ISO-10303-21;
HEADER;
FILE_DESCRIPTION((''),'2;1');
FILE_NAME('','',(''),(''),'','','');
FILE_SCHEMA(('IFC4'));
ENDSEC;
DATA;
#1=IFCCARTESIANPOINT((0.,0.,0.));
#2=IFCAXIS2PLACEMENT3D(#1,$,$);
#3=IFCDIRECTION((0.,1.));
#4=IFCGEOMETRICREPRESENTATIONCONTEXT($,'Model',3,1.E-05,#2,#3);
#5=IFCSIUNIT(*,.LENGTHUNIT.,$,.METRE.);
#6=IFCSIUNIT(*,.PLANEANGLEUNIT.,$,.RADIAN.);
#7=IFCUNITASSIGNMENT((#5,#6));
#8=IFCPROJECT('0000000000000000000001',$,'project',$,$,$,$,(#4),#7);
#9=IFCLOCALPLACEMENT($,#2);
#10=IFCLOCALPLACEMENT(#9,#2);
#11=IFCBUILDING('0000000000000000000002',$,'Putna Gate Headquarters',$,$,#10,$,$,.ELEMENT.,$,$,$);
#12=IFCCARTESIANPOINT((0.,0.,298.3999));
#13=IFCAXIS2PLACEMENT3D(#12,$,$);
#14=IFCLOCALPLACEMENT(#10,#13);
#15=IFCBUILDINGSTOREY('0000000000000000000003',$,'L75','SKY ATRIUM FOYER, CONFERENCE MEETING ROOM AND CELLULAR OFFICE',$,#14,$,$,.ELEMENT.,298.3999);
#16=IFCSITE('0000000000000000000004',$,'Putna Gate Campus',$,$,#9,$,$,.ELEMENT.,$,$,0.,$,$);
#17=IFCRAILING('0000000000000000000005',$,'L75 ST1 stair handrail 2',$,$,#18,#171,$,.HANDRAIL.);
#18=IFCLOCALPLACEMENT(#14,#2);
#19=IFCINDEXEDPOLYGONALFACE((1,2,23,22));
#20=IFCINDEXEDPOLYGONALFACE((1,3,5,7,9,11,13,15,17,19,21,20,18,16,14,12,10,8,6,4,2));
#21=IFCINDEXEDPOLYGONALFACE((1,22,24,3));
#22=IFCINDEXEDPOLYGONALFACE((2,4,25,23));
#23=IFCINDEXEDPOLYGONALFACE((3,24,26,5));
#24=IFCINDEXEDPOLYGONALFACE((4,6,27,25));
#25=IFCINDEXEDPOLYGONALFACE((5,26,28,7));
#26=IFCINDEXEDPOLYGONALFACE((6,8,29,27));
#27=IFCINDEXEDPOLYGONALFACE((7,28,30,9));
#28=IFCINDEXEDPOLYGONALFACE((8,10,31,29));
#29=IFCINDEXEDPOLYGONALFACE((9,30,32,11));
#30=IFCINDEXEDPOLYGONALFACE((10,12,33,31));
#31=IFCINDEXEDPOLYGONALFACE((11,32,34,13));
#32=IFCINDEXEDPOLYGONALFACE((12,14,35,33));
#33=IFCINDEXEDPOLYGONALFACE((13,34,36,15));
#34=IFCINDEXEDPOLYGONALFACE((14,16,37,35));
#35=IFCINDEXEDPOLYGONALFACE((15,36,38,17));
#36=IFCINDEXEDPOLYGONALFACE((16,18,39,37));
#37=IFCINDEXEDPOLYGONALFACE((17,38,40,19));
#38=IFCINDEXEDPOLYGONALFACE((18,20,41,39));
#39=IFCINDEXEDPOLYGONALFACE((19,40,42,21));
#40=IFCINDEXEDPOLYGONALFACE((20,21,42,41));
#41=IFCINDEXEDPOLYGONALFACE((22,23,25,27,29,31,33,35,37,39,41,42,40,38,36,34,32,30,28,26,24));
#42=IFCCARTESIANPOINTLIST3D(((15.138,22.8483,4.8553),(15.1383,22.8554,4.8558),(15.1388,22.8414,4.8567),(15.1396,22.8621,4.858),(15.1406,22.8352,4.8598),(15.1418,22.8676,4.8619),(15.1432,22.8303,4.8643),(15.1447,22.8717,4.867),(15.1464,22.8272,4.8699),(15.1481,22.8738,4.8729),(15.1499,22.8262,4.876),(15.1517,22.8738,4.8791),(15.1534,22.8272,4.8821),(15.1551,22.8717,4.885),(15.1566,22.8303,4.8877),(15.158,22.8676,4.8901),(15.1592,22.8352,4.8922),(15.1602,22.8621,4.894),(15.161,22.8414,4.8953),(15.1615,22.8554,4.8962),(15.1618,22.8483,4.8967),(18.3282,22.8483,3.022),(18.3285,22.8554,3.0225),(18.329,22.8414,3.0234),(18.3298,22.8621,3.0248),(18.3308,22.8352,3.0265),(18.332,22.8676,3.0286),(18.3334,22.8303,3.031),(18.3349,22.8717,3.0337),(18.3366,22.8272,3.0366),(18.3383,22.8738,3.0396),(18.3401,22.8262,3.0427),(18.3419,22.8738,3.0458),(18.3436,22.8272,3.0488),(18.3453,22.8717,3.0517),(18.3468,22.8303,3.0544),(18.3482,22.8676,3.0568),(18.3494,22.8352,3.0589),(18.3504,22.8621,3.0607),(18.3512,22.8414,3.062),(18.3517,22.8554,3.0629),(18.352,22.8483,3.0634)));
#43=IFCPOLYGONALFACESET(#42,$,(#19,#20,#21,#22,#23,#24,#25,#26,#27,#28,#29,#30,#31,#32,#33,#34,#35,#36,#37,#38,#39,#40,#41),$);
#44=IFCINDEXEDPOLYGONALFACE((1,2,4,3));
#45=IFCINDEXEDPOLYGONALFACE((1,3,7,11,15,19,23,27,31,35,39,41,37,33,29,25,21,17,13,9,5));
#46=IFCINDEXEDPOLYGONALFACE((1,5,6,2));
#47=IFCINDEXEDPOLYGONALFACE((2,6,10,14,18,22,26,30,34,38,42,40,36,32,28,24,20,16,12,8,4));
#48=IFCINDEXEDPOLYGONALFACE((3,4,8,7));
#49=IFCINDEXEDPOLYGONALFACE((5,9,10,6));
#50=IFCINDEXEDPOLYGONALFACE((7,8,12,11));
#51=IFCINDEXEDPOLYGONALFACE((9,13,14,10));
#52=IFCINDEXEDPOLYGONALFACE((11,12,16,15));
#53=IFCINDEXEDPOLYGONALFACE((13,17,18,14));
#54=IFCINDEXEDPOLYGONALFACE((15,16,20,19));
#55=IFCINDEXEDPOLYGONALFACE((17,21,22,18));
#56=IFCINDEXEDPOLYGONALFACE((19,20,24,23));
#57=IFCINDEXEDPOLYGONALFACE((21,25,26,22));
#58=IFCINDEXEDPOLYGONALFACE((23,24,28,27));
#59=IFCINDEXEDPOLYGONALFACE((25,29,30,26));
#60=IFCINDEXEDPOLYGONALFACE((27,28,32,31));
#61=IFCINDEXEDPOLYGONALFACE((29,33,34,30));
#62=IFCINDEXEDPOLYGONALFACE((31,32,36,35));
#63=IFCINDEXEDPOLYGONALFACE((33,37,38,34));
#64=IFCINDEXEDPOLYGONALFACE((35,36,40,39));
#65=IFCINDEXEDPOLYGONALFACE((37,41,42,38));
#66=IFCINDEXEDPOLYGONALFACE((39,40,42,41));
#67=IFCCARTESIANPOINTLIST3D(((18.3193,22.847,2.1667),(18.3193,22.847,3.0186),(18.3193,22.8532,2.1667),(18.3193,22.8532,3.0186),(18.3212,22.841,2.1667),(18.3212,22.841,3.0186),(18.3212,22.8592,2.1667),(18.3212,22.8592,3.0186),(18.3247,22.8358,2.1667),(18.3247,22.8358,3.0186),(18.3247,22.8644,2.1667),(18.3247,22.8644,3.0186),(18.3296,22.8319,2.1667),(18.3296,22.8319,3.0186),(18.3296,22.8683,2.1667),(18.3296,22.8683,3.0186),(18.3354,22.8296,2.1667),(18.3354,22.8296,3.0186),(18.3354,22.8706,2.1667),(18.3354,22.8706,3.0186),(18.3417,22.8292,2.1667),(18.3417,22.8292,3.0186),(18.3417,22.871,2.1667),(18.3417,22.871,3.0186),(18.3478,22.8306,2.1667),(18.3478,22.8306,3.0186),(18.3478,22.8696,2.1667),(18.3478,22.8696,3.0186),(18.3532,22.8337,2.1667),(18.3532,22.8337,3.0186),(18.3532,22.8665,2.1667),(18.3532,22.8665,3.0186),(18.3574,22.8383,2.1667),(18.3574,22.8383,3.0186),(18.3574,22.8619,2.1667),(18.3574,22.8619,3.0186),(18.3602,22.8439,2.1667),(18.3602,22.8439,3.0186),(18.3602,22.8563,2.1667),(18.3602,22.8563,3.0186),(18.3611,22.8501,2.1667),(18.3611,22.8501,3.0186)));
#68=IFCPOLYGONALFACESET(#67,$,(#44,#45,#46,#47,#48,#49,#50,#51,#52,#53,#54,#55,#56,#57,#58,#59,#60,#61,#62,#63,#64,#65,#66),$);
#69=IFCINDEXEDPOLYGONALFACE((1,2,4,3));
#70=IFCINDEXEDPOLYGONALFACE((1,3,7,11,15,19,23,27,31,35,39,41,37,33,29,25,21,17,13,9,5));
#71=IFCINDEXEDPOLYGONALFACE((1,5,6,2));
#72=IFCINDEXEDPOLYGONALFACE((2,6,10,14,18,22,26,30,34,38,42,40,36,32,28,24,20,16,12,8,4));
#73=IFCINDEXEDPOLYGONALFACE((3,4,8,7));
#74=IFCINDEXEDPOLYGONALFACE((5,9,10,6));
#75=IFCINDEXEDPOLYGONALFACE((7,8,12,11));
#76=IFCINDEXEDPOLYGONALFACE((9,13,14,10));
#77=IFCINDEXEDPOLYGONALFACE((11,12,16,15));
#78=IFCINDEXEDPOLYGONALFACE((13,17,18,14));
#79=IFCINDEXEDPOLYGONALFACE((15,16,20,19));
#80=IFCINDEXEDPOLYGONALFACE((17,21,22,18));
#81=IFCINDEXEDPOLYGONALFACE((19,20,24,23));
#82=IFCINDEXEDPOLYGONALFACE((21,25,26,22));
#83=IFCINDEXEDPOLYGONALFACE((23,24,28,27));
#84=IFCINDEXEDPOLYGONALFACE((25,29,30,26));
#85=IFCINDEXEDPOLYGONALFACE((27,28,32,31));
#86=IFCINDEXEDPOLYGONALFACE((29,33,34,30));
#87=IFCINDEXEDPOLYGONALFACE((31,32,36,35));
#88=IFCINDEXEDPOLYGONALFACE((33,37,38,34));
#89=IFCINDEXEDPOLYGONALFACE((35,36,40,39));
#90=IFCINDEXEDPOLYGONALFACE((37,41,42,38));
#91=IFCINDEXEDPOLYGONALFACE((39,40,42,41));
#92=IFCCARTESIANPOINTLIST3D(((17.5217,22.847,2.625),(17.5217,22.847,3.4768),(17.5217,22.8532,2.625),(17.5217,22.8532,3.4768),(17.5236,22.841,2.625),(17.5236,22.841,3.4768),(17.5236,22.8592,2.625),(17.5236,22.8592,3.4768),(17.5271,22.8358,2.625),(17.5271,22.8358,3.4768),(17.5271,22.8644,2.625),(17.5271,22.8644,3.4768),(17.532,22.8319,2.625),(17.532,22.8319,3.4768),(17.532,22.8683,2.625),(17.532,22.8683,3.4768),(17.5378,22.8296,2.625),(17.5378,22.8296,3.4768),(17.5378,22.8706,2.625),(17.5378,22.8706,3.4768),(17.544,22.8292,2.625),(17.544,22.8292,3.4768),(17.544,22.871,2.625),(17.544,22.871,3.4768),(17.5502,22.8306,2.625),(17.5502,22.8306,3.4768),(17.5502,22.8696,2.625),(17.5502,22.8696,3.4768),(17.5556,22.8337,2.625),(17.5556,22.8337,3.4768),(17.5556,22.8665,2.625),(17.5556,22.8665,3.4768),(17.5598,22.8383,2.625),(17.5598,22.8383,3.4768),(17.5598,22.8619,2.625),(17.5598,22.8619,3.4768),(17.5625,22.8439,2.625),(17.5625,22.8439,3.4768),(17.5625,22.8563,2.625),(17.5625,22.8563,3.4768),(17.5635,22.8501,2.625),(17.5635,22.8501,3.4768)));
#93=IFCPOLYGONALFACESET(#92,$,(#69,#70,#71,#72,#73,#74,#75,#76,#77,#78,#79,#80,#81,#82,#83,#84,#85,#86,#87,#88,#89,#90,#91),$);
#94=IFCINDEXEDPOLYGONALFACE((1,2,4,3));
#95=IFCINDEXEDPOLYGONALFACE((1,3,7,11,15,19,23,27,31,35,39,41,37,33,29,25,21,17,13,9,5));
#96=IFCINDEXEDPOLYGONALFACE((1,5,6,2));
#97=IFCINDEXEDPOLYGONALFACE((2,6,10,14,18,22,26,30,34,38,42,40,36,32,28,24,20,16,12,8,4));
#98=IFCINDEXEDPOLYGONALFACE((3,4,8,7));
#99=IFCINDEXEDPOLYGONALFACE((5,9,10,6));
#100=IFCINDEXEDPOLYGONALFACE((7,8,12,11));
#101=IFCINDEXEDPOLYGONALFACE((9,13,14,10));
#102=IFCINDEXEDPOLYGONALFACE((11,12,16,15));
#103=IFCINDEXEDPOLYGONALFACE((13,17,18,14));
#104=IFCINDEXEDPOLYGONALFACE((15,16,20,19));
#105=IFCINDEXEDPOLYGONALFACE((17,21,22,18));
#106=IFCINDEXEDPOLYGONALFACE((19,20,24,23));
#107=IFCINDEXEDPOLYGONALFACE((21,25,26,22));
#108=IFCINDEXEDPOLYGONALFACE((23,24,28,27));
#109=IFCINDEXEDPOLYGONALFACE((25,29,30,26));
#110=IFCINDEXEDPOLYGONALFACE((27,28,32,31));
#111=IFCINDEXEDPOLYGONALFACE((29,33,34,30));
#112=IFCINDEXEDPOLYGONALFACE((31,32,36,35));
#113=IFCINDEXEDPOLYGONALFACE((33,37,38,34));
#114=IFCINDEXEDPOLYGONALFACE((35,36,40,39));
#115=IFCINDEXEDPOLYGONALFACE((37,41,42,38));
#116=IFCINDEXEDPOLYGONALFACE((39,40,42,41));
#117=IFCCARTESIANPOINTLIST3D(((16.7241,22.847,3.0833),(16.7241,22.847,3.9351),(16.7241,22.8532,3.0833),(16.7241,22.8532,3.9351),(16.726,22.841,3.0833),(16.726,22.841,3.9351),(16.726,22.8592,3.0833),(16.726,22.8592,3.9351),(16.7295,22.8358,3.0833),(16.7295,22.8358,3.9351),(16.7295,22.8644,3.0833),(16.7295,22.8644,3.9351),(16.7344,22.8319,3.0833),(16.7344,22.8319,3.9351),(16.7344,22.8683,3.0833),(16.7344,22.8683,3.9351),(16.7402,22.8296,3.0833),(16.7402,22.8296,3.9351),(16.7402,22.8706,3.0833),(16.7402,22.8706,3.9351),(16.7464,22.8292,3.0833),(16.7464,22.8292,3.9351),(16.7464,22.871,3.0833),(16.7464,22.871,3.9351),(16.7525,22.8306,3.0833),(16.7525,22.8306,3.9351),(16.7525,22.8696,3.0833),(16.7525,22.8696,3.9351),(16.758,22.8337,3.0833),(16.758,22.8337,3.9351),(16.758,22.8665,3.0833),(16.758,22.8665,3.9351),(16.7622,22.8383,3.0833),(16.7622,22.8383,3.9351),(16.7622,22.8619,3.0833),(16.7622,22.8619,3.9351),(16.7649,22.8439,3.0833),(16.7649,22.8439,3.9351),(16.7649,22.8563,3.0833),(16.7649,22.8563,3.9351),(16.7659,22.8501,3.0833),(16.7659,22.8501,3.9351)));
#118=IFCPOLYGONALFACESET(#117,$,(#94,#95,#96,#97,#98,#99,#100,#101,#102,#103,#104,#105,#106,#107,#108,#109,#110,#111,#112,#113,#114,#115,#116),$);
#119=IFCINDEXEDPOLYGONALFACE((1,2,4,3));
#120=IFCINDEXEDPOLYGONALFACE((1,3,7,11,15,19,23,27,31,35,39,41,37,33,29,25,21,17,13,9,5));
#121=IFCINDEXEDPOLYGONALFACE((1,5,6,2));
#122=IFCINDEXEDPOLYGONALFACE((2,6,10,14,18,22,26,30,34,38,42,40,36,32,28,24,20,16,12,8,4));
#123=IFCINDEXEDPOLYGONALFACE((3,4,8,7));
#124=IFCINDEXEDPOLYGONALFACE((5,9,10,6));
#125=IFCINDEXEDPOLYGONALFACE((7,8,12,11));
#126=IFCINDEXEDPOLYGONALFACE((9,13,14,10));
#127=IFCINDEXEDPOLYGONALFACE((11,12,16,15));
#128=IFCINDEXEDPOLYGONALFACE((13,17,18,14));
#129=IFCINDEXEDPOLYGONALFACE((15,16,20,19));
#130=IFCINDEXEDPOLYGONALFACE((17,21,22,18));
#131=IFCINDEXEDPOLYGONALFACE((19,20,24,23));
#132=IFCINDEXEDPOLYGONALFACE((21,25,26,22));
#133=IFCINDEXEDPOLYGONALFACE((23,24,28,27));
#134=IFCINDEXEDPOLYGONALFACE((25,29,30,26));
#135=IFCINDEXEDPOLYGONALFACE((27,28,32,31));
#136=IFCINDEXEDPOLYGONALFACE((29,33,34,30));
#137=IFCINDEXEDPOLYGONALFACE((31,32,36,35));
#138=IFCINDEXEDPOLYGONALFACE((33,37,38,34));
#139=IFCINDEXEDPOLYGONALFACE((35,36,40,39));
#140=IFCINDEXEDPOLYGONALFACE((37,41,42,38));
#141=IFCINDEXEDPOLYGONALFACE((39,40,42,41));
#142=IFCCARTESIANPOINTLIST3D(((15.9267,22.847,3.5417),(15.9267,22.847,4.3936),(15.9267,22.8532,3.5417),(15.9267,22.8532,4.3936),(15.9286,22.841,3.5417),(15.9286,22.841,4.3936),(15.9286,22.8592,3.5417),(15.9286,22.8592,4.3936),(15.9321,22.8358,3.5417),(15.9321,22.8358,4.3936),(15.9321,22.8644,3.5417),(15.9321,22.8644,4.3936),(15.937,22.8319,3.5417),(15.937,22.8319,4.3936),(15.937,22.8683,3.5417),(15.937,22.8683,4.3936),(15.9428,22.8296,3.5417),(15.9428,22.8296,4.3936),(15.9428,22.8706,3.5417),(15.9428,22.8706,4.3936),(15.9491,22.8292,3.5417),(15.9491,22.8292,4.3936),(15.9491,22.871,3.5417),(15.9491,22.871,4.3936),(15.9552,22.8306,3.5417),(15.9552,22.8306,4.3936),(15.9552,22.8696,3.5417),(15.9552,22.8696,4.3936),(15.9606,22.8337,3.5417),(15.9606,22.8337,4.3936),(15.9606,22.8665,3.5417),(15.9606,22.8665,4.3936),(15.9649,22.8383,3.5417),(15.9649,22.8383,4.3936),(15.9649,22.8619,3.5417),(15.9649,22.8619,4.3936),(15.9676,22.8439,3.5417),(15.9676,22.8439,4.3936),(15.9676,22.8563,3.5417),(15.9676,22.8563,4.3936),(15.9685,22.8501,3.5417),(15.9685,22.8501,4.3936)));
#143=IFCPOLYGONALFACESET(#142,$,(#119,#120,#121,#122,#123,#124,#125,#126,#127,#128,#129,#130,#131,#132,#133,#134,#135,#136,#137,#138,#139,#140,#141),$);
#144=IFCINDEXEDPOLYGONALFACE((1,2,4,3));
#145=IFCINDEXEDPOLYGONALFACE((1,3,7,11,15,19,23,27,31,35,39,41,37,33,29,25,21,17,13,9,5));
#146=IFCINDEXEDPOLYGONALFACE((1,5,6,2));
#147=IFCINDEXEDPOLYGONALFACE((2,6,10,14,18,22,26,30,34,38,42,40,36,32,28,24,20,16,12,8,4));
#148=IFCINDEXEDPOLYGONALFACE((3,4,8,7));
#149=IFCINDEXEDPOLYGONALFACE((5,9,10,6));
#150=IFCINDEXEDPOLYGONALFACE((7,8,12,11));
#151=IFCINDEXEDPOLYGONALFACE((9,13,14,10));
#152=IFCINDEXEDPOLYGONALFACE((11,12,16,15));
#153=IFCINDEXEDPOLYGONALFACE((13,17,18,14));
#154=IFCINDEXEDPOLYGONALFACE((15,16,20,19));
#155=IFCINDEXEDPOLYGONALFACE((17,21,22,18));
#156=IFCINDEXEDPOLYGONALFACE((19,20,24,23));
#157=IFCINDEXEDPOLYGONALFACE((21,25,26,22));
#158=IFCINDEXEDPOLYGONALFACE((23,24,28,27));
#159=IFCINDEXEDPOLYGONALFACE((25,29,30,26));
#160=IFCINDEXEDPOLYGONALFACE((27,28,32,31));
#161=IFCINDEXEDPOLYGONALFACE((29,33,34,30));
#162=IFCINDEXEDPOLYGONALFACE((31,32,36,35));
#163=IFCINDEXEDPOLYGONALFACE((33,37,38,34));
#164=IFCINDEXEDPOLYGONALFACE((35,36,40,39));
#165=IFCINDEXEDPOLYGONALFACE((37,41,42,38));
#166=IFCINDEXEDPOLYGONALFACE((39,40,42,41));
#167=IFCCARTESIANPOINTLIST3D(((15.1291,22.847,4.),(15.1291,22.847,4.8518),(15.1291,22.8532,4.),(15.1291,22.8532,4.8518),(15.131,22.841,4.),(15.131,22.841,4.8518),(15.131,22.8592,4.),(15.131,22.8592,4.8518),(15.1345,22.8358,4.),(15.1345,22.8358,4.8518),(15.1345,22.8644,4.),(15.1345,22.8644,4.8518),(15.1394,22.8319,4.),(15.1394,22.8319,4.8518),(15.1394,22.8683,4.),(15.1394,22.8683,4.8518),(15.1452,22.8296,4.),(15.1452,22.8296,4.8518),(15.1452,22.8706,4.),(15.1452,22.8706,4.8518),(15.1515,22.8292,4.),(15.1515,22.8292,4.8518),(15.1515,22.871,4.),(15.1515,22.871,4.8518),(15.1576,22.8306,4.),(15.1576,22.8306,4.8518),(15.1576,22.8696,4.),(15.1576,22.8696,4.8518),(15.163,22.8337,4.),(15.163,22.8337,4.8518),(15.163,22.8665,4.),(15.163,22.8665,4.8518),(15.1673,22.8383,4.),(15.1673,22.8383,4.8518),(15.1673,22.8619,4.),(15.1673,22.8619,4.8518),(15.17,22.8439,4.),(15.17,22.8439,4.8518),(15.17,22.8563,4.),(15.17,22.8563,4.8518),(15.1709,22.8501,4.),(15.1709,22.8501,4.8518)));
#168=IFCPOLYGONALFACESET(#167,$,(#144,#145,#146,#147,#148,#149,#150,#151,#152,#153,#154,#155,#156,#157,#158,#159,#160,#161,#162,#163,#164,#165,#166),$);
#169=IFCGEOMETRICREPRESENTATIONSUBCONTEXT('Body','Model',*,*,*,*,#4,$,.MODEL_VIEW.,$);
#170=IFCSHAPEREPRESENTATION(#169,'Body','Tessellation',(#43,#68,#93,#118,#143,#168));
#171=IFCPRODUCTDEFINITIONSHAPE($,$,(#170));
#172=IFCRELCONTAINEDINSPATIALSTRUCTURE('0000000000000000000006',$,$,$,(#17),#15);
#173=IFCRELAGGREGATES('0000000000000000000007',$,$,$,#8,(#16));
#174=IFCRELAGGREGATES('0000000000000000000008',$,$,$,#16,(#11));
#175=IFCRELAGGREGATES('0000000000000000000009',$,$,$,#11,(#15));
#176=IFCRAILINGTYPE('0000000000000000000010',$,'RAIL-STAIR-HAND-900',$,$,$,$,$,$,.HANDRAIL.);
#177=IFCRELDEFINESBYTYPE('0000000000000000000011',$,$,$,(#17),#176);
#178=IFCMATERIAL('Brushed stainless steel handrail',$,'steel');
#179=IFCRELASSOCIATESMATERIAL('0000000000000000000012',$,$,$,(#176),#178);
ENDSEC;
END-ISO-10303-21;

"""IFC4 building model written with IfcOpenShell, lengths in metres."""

from ifc_helpers import new_model, si_unit, direction, frame, origin, origin_2d, place, context, subcontext, project, spatial, circle, extrude, material, type_object, element, save


model = new_model("IFC4")

# Units and contexts
model_context = context("Model", 3, precision=1e-05, world=origin(), true_north=direction((0.0, 1.0)))
body_context = subcontext(model_context, "Body", "Model", "MODEL_VIEW")
ifc_project = project(units=[si_unit("LENGTHUNIT", "METRE"), si_unit("PLANEANGLEUNIT", "RADIAN")], contexts=[model_context])

# Site, building, storey
site_placement = place(None, origin())
site = spatial("IfcSite", under=ifc_project, at=site_placement, Name="Putna Gate Campus", CompositionType="ELEMENT", RefElevation=0.0)
building_placement = place(site_placement, origin())
building = spatial("IfcBuilding", under=site, at=building_placement, Name="Putna Gate Headquarters", CompositionType="ELEMENT")
storey_placement = place(building_placement, frame((0.0, 0.0, 298.3999)))
storey = spatial("IfcBuildingStorey", under=building, at=storey_placement, Name="L75", Description="SKY ATRIUM FOYER, CONFERENCE MEETING ROOM AND CELLULAR OFFICE", CompositionType="ELEMENT", Elevation=298.3999)

# Railing
ifc_material_1 = material(Name="Brushed stainless steel handrail", Category="steel")
railing_type = type_object("IfcRailingType", Name="RAIL-STAIR-HAND-900", PredefinedType="HANDRAIL", material=ifc_material_1)
railing_placement = place(storey_placement, frame((18.3401, 22.8501, 2.1667)))
element("IfcRailing", 1, at=railing_placement, inside=storey, type_object=railing_type, Name="L75 ST1 stair handrail 2", PredefinedType="HANDRAIL", context=body_context, shape_type="SweptSolid", body=[
    extrude(circle(Radius=0.0239, at=origin_2d()), frame((0.0, 0.0, 0.876), z_axis=(-0.867036, 0.0, 0.498245), x_axis=(0.0, -1.0, 0.0)), (0.0, 0.0, 1.0), 3.6794),
    extrude(circle(Radius=0.021, at=origin_2d()), origin(), (0.0, 0.0, 1.0), 0.8518),
    extrude(circle(Radius=0.021, at=origin_2d()), frame((-0.7976, 0.0, 0.4583)), (0.0, 0.0, 1.0), 0.8518),
    extrude(circle(Radius=0.021, at=origin_2d()), frame((-1.5952, 0.0, 0.9165)), (0.0, 0.0, 1.0), 0.8518),
    extrude(circle(Radius=0.021, at=origin_2d()), frame((-2.3926, 0.0, 1.375)), (0.0, 0.0, 1.0), 0.8518),
    extrude(circle(Radius=0.021, at=origin_2d()), frame((-3.1902, 0.0, 1.8333)), (0.0, 0.0, 1.0), 0.8518),
])

save(model, "model.ifc")
